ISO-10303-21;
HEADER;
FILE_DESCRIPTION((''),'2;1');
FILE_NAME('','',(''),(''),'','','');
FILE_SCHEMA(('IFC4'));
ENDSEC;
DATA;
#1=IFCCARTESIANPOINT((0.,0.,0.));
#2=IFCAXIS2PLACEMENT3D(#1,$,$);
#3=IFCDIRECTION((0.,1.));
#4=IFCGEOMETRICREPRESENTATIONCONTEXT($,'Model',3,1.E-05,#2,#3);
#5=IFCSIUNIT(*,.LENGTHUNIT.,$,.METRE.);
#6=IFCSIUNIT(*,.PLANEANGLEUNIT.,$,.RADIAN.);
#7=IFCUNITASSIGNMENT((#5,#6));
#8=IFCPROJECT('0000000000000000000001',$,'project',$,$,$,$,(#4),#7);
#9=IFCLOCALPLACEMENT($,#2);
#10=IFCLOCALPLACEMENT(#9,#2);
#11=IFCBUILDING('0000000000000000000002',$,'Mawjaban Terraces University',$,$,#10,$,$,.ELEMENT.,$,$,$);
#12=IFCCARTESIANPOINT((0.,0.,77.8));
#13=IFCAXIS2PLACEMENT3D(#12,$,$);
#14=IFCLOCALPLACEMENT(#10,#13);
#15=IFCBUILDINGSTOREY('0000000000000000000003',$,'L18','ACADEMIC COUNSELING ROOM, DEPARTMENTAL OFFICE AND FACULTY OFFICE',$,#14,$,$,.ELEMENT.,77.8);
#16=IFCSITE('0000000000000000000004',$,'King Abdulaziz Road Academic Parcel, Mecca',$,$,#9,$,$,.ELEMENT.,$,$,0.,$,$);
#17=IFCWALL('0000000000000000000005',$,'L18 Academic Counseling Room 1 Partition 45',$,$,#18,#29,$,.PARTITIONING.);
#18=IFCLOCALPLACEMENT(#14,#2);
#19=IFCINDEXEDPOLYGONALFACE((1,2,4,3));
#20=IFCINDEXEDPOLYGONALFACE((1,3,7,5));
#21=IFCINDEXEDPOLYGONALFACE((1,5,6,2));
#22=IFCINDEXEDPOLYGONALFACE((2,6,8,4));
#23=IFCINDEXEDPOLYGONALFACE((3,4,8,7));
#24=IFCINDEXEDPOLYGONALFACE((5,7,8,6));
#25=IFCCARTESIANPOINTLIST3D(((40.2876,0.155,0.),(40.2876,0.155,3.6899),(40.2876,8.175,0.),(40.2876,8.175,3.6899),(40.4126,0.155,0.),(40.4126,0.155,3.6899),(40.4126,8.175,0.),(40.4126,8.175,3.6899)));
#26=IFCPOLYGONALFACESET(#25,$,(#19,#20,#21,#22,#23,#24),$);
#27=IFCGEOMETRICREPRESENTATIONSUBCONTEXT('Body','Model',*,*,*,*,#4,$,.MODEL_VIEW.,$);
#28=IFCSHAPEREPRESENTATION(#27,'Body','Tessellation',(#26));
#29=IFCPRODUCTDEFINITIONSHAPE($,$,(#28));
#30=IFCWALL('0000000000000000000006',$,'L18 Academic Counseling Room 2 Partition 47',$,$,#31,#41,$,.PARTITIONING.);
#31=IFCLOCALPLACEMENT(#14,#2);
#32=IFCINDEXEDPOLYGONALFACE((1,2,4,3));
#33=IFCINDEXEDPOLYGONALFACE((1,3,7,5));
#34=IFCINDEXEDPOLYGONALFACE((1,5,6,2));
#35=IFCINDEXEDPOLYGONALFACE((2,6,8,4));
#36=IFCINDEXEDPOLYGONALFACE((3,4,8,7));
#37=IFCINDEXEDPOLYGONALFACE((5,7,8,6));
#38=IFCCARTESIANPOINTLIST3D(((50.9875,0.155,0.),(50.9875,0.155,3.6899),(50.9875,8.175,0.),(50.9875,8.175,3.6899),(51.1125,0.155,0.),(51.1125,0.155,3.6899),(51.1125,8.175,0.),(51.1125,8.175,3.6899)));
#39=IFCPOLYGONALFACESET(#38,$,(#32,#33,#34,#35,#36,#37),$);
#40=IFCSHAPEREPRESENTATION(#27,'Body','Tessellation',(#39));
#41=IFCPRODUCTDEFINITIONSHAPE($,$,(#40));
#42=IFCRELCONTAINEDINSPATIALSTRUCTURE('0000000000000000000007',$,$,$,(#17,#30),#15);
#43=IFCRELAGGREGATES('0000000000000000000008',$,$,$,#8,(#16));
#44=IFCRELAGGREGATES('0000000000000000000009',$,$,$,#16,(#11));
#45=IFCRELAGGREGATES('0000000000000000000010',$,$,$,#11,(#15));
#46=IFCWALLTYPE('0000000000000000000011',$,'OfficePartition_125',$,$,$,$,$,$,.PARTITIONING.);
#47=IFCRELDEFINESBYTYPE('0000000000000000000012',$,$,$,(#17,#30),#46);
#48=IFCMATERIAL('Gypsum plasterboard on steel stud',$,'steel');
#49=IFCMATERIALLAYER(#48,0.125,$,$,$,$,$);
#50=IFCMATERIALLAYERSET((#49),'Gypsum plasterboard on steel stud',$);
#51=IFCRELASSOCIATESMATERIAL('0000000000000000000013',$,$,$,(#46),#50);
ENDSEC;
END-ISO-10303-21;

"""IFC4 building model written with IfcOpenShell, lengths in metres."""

from ifc_helpers import new_model, si_unit, direction, frame, frame_2d, origin, place, context, subcontext, project, spatial, rectangle, extrude, material, layer, layer_set, type_object, element, save


model = new_model("IFC4")

# Units and contexts
model_context = context("Model", 3, precision=1e-05, world=origin(), true_north=direction((0.0, 1.0)))
body_context = subcontext(model_context, "Body", "Model", "MODEL_VIEW")
ifc_project = project(units=[si_unit("LENGTHUNIT", "METRE"), si_unit("PLANEANGLEUNIT", "RADIAN")], contexts=[model_context])

# Site, building, storey
site_placement = place(None, origin())
site = spatial("IfcSite", under=ifc_project, at=site_placement, Name="King Abdulaziz Road Academic Parcel, Mecca", CompositionType="ELEMENT", RefElevation=0.0)
building_placement = place(site_placement, origin())
building = spatial("IfcBuilding", under=site, at=building_placement, Name="Mawjaban Terraces University", CompositionType="ELEMENT")
storey_placement = place(building_placement, frame((0.0, 0.0, 77.8)))
storey = spatial("IfcBuildingStorey", under=building, at=storey_placement, Name="L18", Description="ACADEMIC COUNSELING ROOM, DEPARTMENTAL OFFICE AND FACULTY OFFICE", CompositionType="ELEMENT", Elevation=77.8)

# Walls
ifc_material_1 = material(Name="Gypsum plasterboard on steel stud", Category="steel")
ifc_layer_1 = layer(ifc_material_1, 0.125)
ifc_layer_set_1 = layer_set([ifc_layer_1], Name="Gypsum plasterboard on steel stud")
wall_type_1 = type_object("IfcWallType", Name="OfficePartition_125", PredefinedType="PARTITIONING", material=ifc_layer_set_1)
for number, where, z_axis, x_axis, name in (
    (1, (40.3501, 0.155, 0.0), (0.0, 0.0, 1.0), (0.0, 1.0, 0.0), "L18 Academic Counseling Room 1 Partition 45"),
    (2, (51.05, 0.155, 0.0), (0.0, 0.0, 1.0), (0.0, 1.0, 0.0), "L18 Academic Counseling Room 2 Partition 47"),
):
    element("IfcWall", number, at=place(storey_placement, frame(where, z_axis=z_axis, x_axis=x_axis)), inside=storey, type_object=wall_type_1, Name=name, PredefinedType="PARTITIONING", context=body_context, shape_type="SweptSolid", body=[
        extrude(rectangle(XDim=8.02, YDim=0.125, at=frame_2d((4.01, 0.0))), origin(), (0.0, 0.0, 1.0), 3.6899),
    ])

save(model, "model.ifc")
